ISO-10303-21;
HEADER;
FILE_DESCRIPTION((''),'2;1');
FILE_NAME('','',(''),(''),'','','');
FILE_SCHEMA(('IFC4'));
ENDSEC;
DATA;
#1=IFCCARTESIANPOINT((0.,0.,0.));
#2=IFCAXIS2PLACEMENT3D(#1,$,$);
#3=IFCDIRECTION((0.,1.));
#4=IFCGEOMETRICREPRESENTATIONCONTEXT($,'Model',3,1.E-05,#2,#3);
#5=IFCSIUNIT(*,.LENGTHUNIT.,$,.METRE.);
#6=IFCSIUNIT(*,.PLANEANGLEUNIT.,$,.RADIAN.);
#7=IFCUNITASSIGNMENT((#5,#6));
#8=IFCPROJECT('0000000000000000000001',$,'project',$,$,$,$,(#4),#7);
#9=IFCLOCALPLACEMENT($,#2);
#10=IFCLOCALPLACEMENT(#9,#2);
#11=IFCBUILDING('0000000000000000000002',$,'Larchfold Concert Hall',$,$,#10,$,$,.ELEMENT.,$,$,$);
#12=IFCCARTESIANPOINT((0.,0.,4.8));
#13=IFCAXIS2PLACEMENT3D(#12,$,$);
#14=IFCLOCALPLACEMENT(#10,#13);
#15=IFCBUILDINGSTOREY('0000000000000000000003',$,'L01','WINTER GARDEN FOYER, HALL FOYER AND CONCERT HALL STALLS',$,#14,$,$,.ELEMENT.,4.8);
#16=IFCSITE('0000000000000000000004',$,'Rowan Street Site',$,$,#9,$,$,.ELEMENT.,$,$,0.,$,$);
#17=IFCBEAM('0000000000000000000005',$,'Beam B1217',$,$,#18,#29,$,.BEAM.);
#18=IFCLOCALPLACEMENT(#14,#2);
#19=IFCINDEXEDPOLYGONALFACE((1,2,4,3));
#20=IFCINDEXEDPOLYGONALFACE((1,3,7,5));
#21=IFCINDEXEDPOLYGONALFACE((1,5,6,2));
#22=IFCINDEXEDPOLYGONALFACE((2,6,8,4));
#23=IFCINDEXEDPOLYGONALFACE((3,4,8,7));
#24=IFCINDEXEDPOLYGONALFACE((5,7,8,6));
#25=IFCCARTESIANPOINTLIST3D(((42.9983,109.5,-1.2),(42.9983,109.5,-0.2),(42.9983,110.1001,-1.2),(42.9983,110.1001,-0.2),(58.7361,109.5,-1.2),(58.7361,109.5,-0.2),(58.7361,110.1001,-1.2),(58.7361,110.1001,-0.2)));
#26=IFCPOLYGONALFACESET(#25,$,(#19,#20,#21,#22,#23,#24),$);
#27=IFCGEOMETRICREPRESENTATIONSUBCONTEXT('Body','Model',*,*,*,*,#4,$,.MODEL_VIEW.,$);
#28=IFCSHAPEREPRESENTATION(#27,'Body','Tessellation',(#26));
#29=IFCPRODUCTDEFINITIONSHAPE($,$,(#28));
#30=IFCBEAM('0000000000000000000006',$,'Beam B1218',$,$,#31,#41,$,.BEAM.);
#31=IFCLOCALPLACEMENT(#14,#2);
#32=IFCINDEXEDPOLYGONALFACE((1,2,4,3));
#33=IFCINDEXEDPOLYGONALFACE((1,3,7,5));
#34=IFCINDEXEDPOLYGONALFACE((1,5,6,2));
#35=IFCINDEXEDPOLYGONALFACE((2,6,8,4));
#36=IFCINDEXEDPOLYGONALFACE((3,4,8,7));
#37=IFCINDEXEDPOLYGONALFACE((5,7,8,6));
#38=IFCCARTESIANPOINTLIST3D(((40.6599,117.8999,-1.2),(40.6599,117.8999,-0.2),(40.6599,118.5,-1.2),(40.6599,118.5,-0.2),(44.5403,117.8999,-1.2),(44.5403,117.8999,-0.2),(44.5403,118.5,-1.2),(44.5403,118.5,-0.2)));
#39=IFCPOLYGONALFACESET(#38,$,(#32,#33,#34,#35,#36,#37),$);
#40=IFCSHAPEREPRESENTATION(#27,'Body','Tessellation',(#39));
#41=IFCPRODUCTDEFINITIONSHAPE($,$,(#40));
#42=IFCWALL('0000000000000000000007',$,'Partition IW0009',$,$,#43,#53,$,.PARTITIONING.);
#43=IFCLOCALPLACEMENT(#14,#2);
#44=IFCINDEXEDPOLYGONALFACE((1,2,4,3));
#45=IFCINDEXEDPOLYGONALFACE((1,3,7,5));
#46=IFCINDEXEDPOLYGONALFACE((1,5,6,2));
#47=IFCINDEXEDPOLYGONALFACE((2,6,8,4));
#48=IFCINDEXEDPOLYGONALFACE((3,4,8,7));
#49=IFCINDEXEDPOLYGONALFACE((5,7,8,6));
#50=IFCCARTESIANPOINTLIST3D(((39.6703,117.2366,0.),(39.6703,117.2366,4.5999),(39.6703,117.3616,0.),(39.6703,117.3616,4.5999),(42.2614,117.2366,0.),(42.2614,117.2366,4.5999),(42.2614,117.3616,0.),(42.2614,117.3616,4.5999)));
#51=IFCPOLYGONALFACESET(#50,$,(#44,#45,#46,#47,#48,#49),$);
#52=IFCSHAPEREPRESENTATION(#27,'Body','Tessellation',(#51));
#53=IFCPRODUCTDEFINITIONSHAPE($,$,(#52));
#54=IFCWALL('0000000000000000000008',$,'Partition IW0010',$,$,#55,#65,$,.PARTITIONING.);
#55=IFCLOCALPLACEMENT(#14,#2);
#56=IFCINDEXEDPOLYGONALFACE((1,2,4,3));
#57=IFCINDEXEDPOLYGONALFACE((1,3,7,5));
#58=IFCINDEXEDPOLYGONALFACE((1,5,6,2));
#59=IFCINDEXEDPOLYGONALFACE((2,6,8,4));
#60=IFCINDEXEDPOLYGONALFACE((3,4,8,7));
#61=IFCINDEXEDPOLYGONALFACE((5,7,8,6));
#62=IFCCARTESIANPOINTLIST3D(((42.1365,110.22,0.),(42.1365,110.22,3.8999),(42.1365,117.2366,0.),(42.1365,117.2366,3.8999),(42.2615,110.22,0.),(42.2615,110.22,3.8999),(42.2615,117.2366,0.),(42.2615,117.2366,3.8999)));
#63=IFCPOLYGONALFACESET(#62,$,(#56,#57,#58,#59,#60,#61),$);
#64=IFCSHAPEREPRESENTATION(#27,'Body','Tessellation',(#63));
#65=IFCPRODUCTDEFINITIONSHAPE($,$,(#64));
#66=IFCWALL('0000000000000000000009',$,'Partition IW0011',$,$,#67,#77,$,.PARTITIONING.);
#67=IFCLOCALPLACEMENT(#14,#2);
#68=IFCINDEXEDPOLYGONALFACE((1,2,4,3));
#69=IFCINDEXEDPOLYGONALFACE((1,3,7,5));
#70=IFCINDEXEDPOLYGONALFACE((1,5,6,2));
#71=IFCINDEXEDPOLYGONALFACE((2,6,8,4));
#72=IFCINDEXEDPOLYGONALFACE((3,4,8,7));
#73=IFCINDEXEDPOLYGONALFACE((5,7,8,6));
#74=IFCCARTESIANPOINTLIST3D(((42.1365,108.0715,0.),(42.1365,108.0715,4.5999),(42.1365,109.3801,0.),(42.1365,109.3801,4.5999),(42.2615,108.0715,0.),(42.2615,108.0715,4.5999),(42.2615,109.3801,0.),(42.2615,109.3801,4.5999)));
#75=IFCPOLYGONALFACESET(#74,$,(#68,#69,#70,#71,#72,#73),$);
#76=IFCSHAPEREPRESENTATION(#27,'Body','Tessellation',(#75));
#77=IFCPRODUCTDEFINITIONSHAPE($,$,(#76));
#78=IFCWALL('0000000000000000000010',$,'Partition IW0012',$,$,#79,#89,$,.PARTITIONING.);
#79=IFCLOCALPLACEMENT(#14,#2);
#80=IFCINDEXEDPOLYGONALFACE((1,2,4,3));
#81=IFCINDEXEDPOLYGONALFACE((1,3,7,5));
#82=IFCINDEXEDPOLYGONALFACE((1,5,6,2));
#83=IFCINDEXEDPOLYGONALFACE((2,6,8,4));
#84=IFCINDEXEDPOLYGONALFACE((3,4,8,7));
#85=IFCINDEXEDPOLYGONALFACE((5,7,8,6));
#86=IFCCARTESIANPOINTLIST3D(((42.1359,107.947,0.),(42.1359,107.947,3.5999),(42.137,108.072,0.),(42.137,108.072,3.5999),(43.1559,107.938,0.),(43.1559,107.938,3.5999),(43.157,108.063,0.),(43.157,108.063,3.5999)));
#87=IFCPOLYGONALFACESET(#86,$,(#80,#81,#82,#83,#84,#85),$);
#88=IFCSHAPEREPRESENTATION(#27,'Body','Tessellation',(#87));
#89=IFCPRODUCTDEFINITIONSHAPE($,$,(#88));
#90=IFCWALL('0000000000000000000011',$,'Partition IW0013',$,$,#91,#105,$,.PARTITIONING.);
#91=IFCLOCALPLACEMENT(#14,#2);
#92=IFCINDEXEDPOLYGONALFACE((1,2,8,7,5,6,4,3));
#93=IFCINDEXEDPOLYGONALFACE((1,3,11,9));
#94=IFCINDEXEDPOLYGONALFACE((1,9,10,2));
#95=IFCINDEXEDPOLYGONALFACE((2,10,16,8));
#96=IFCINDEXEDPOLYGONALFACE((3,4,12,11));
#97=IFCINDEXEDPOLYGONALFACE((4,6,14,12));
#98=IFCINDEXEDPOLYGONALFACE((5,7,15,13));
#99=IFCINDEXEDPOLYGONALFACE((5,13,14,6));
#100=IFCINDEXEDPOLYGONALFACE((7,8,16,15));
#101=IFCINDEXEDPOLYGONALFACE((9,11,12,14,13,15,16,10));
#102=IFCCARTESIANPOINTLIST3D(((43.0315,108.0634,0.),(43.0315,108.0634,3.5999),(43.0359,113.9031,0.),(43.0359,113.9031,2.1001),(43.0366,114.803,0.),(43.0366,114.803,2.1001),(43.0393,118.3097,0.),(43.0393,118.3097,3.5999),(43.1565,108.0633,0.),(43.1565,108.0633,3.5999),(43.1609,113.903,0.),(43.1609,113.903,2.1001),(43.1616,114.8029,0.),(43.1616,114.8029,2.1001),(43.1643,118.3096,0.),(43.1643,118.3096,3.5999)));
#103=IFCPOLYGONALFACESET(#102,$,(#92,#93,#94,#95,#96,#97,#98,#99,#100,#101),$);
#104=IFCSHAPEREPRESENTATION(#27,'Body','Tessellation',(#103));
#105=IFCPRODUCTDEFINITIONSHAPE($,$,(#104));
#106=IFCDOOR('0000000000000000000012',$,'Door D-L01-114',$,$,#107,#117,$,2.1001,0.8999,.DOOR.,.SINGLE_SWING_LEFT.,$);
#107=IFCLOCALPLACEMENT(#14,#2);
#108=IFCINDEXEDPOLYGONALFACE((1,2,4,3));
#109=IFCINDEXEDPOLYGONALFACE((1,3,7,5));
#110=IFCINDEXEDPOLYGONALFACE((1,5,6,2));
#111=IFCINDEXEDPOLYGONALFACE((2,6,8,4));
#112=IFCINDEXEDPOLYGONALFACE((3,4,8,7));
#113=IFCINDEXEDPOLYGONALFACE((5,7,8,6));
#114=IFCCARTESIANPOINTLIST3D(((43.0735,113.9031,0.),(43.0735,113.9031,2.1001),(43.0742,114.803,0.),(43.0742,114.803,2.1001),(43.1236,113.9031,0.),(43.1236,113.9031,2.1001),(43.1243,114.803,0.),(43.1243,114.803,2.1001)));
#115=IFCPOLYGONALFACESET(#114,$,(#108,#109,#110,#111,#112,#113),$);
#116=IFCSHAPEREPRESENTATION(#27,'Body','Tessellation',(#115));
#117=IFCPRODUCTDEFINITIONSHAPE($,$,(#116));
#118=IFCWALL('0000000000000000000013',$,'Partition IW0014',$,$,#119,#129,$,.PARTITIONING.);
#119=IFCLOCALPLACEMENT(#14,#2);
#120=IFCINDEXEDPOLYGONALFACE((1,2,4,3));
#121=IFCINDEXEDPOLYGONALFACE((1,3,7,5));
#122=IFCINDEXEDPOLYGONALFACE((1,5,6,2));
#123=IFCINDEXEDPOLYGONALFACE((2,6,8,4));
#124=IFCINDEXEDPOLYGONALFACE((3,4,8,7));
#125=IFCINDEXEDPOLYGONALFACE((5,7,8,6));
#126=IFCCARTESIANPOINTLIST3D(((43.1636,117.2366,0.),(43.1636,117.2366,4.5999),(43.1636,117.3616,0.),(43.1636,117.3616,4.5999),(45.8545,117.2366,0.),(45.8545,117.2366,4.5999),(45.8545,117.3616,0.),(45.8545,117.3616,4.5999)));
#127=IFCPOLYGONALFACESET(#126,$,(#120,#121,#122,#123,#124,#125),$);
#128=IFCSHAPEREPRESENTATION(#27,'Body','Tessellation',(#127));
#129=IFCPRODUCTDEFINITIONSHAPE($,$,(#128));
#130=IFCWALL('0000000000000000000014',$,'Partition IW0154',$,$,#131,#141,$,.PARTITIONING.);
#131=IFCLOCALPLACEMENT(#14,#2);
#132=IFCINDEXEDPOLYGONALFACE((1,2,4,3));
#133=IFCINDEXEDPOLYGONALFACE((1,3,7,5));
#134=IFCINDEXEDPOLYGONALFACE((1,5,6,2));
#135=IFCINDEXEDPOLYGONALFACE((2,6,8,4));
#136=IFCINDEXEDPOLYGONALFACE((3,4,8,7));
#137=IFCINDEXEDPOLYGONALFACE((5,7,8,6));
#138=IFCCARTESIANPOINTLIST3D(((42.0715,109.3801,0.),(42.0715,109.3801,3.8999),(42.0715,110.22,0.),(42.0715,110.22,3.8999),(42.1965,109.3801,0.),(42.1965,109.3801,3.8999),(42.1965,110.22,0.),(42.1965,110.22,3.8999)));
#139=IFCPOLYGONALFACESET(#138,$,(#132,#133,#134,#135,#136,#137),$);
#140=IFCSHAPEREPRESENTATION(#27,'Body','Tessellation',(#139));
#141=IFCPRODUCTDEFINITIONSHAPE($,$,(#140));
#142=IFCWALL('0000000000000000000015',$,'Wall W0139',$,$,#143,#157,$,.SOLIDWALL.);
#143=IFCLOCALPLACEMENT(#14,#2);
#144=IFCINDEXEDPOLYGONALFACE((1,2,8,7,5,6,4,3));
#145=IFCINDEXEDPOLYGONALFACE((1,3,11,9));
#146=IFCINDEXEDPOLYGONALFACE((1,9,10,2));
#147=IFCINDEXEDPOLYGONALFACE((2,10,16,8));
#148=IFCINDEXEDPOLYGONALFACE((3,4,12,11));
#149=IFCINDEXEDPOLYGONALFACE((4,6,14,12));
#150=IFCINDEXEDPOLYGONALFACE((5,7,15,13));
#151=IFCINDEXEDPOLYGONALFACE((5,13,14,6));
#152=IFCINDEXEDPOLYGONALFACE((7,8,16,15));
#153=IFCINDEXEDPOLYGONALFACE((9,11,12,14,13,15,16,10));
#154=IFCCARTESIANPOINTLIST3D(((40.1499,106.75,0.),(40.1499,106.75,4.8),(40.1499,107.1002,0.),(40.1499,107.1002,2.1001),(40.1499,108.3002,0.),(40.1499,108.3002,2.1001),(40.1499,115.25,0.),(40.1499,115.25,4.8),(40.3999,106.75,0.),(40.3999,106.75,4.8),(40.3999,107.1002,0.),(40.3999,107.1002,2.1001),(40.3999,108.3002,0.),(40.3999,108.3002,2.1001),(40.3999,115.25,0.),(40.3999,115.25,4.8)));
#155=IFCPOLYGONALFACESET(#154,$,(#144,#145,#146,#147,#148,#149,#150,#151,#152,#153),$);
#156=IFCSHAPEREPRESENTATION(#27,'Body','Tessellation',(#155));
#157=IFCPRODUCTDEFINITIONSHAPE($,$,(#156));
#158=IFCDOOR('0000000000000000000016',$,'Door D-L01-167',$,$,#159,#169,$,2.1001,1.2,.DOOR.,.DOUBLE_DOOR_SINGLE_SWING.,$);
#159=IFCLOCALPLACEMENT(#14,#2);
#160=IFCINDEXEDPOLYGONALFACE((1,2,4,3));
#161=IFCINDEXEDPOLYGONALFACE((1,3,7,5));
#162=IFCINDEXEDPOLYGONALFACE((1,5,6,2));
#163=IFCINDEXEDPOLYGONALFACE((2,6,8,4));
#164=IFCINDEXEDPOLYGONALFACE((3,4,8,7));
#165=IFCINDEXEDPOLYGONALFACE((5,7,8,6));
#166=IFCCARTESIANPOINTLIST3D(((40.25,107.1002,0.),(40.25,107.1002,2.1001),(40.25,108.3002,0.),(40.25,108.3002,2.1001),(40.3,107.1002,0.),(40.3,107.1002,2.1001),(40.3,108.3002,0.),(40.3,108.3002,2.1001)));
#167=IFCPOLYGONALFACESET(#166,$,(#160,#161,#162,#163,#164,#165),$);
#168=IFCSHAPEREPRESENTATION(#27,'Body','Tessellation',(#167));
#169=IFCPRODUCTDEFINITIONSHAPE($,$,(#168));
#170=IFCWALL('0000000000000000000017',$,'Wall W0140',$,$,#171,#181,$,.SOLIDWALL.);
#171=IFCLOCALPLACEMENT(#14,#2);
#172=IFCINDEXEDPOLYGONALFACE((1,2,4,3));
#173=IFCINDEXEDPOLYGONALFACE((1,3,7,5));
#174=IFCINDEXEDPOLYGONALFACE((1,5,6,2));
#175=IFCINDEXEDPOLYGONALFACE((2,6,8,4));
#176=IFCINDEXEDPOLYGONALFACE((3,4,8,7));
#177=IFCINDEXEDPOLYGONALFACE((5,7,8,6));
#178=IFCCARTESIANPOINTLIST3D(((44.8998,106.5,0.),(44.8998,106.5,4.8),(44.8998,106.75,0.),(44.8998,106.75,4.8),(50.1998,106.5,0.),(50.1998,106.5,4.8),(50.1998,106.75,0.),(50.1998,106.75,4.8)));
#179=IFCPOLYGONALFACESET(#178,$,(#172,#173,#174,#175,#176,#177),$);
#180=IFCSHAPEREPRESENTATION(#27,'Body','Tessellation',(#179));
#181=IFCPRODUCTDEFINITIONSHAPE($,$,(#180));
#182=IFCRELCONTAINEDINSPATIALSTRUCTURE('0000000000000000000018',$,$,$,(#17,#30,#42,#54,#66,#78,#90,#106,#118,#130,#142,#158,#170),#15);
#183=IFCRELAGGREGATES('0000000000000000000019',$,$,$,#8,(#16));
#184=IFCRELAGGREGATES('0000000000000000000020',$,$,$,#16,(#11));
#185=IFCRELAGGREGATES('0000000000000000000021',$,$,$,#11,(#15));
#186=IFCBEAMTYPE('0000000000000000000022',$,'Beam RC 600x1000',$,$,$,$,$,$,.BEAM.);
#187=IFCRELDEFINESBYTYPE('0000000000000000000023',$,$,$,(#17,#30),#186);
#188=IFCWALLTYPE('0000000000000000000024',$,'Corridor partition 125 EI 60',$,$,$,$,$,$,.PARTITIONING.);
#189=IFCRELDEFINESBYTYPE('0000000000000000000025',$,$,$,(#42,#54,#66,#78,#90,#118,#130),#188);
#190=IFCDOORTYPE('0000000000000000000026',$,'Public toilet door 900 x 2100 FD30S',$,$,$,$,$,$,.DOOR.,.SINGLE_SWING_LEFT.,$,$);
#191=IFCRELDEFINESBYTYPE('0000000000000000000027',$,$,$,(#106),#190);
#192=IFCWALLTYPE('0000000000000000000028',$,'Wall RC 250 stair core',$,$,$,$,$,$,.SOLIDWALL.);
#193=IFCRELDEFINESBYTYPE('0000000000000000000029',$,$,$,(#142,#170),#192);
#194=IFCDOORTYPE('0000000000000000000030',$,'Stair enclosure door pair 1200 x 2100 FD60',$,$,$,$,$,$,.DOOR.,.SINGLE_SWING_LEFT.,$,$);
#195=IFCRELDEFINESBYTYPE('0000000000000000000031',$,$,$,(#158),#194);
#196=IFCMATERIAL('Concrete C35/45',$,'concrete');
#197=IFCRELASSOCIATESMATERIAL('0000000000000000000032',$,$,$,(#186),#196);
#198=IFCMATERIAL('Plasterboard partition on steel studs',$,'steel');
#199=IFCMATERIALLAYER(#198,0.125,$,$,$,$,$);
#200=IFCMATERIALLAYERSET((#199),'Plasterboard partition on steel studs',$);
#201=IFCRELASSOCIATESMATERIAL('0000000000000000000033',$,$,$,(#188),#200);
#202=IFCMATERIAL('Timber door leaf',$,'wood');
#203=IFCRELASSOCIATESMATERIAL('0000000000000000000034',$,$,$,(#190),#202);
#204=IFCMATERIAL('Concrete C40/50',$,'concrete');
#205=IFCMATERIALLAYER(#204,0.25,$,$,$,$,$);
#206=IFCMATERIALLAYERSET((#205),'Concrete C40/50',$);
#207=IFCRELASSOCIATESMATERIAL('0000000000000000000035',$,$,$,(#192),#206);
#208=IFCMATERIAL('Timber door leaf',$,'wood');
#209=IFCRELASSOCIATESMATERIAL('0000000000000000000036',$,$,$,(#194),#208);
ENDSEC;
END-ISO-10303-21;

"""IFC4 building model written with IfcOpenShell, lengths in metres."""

from ifc_helpers import new_model, si_unit, direction, frame, frame_2d, origin, origin_2d, place, context, subcontext, project, spatial, rectangle, extrude, material, layer, layer_set, material_profile, profile_set, type_object, element, fill, save


model = new_model("IFC4")

# Units and contexts
model_context = context("Model", 3, precision=1e-05, world=origin(), true_north=direction((0.0, 1.0)))
body_context = subcontext(model_context, "Body", "Model", "MODEL_VIEW")
ifc_project = project(units=[si_unit("LENGTHUNIT", "METRE"), si_unit("PLANEANGLEUNIT", "RADIAN")], contexts=[model_context])

# Site, building, storey
site_placement = place(None, origin())
site = spatial("IfcSite", under=ifc_project, at=site_placement, Name="Rowan Street Site", CompositionType="ELEMENT", RefElevation=0.0)
building_placement = place(site_placement, origin())
building = spatial("IfcBuilding", under=site, at=building_placement, Name="Larchfold Concert Hall", CompositionType="ELEMENT")
storey_placement = place(building_placement, frame((0.0, 0.0, 4.8)))
storey = spatial("IfcBuildingStorey", under=building, at=storey_placement, Name="L01", Description="WINTER GARDEN FOYER, HALL FOYER AND CONCERT HALL STALLS", CompositionType="ELEMENT", Elevation=4.8)

# Beams
ifc_material_1 = material(Name="Concrete C35/45", Category="concrete")
ifc_material_profile_1 = material_profile(ifc_material_1, rectangle(XDim=0.6001, YDim=1.0, at=origin_2d()))
ifc_profile_set_1 = profile_set([ifc_material_profile_1], Name="Concrete C35/45")
beam_type_1 = type_object("IfcBeamType", Name="Beam RC 600x1000", PredefinedType="BEAM", material=ifc_profile_set_1)
beam_1_placement = place(storey_placement, frame((42.9983, 109.8, -0.7), z_axis=(1.0, 0.0, 0.0), x_axis=(0.0, 1.0, 0.0)))
element("IfcBeam", 1, at=beam_1_placement, inside=storey, type_object=beam_type_1, Name="Beam B1217", PredefinedType="BEAM", context=body_context, shape_type="SweptSolid", body=[
    extrude(rectangle(XDim=0.6001, YDim=1.0, at=origin_2d()), origin(), (0.0, 0.0, 1.0), 15.7378),
])
beam_2_placement = place(storey_placement, frame((40.6599, 118.2, -0.7), z_axis=(1.0, 0.0, 0.0), x_axis=(0.0, 1.0, 0.0)))
element("IfcBeam", 2, at=beam_2_placement, inside=storey, type_object=beam_type_1, Name="Beam B1218", PredefinedType="BEAM", context=body_context, shape_type="SweptSolid", body=[
    extrude(rectangle(XDim=0.6001, YDim=1.0, at=origin_2d()), origin(), (0.0, 0.0, 1.0), 3.8804),
])

# Walls
ifc_material_2 = material(Name="Plasterboard partition on steel studs", Category="steel")
ifc_layer_1 = layer(ifc_material_2, 0.125)
ifc_layer_set_1 = layer_set([ifc_layer_1], Name="Plasterboard partition on steel studs")
wall_type_1 = type_object("IfcWallType", Name="Corridor partition 125 EI 60", PredefinedType="PARTITIONING", material=ifc_layer_set_1)
wall_1_placement = place(storey_placement, frame((39.6704, 117.2991, 0.0), z_axis=(0.0, 0.0, 1.0), x_axis=(1.0, 0.0, 0.0)))
element("IfcWall", 3, at=wall_1_placement, inside=storey, type_object=wall_type_1, Name="Partition IW0009", PredefinedType="PARTITIONING", context=body_context, shape_type="SweptSolid", body=[
    extrude(rectangle(XDim=2.5911, YDim=0.125, at=frame_2d((1.2954, 0.0))), origin(), (0.0, 0.0, 1.0), 4.5999),
])
wall_2_placement = place(storey_placement, frame((42.199, 117.2366, 0.0), z_axis=(0.0, 0.0, 1.0), x_axis=(0.0, -1.0, 0.0)))
element("IfcWall", 4, at=wall_2_placement, inside=storey, type_object=wall_type_1, Name="Partition IW0010", PredefinedType="PARTITIONING", context=body_context, shape_type="SweptSolid", body=[
    extrude(rectangle(XDim=7.0166, YDim=0.125, at=frame_2d((3.5083, 0.0))), origin(), (0.0, 0.0, 1.0), 3.8999),
])
wall_3_placement = place(storey_placement, frame((42.199, 109.3801, 0.0), z_axis=(0.0, 0.0, 1.0), x_axis=(0.0, -1.0, 0.0)))
element("IfcWall", 5, at=wall_3_placement, inside=storey, type_object=wall_type_1, Name="Partition IW0011", PredefinedType="PARTITIONING", context=body_context, shape_type="SweptSolid", body=[
    extrude(rectangle(XDim=1.3086, YDim=0.125, at=frame_2d((0.6543, 0.0))), origin(), (0.0, 0.0, 1.0), 4.5999),
])
wall_4_placement = place(storey_placement, frame((42.1365, 108.0095, 0.0), z_axis=(0.0, 0.0, 1.0), x_axis=(0.999961, -0.008856, 0.0)))
element("IfcWall", 6, at=wall_4_placement, inside=storey, type_object=wall_type_1, Name="Partition IW0012", PredefinedType="PARTITIONING", context=body_context, shape_type="SweptSolid", body=[
    extrude(rectangle(XDim=1.02, YDim=0.125, at=frame_2d((0.51, 0.0))), origin(), (0.0, 0.0, 1.0), 3.5999),
])

# Wall, opening, door
wall_5_placement = place(storey_placement, frame((43.094, 108.0635, 0.0), z_axis=(0.0, 0.0, 1.0), x_axis=(0.000762, 1.0, 0.0)))
wall_5 = element("IfcWall", 7, at=wall_5_placement, inside=storey, type_object=wall_type_1, Name="Partition IW0013", PredefinedType="PARTITIONING", context=body_context, shape_type="SweptSolid", body=[
    extrude(rectangle(XDim=10.2463, YDim=0.125, at=frame_2d((5.123, 0.0))), origin(), (0.0, 0.0, 1.0), 3.5999),
])
opening_1_placement = place(wall_5_placement, frame((5.8396, 0.0, 0.0)))
opening_1 = element("IfcOpeningElement", 8, at=opening_1_placement, cuts=wall_5, PredefinedType="OPENING", context=body_context, shape_type="SweptSolid", body=[
    extrude(rectangle(XDim=0.8999, YDim=2.1001, at=frame_2d((0.45, 1.05))), frame((0.0, 0.0725, 0.0), z_axis=(0.0, -1.0, 0.0), x_axis=(1.0, 0.0, 0.0)), (0.0, 0.0, 1.0), 0.145),
])
ifc_material_3 = material(Name="Timber door leaf", Category="wood")
door_type_1 = type_object("IfcDoorType", Name="Public toilet door 900 x 2100 FD30S", OperationType="SINGLE_SWING_LEFT", PredefinedType="DOOR", material=ifc_material_3)
door_1_placement = place(opening_1_placement, origin())
door_1 = element("IfcDoor", 9, at=door_1_placement, inside=storey, type_object=door_type_1, Name="Door D-L01-114", OperationType="SINGLE_SWING_LEFT", OverallHeight=2.1001, OverallWidth=0.8999, PredefinedType="DOOR", context=body_context, shape_type="SweptSolid", body=[
    extrude(rectangle(XDim=0.8999, YDim=2.1001, at=frame_2d((0.45, 1.05))), frame((0.0, 0.0249, 0.0), z_axis=(0.0, -1.0, 0.0), x_axis=(1.0, 0.0, 0.0)), (0.0, 0.0, 1.0), 0.05),
])
fill(opening_1, door_1)

# Walls
wall_6_placement = place(storey_placement, frame((43.1636, 117.2991, 0.0), z_axis=(0.0, 0.0, 1.0), x_axis=(1.0, 0.0, 0.0)))
element("IfcWall", 10, at=wall_6_placement, inside=storey, type_object=wall_type_1, Name="Partition IW0014", PredefinedType="PARTITIONING", context=body_context, shape_type="SweptSolid", body=[
    extrude(rectangle(XDim=2.6909, YDim=0.125, at=frame_2d((1.3455, 0.0))), origin(), (0.0, 0.0, 1.0), 4.5999),
])
wall_7_placement = place(storey_placement, frame((42.134, 110.22, 0.0), z_axis=(0.0, 0.0, 1.0), x_axis=(0.0, -1.0, 0.0)))
element("IfcWall", 11, at=wall_7_placement, inside=storey, type_object=wall_type_1, Name="Partition IW0154", PredefinedType="PARTITIONING", context=body_context, shape_type="SweptSolid", body=[
    extrude(rectangle(XDim=0.8398, YDim=0.125, at=frame_2d((0.4199, 0.0))), origin(), (0.0, 0.0, 1.0), 3.8999),
])

# Wall, opening, door
ifc_material_4 = material(Name="Concrete C40/50", Category="concrete")
ifc_layer_2 = layer(ifc_material_4, 0.25)
ifc_layer_set_2 = layer_set([ifc_layer_2], Name="Concrete C40/50")
wall_type_2 = type_object("IfcWallType", Name="Wall RC 250 stair core", PredefinedType="SOLIDWALL", material=ifc_layer_set_2)
wall_8_placement = place(storey_placement, frame((40.2749, 106.75, 0.0), z_axis=(0.0, 0.0, 1.0), x_axis=(0.0, 1.0, 0.0)))
wall_8 = element("IfcWall", 12, at=wall_8_placement, inside=storey, type_object=wall_type_2, Name="Wall W0139", PredefinedType="SOLIDWALL", context=body_context, shape_type="SweptSolid", body=[
    extrude(rectangle(XDim=8.5, YDim=0.25, at=frame_2d((4.25, 0.0))), origin(), (0.0, 0.0, 1.0), 4.8),
])
opening_2_placement = place(wall_8_placement, frame((0.3501, 0.0, 0.0)))
opening_2 = element("IfcOpeningElement", 13, at=opening_2_placement, cuts=wall_8, PredefinedType="OPENING", context=body_context, shape_type="SweptSolid", body=[
    extrude(rectangle(XDim=1.2, YDim=2.1001, at=frame_2d((0.6001, 1.05))), frame((0.0, 0.135, 0.0), z_axis=(0.0, -1.0, 0.0), x_axis=(1.0, 0.0, 0.0)), (0.0, 0.0, 1.0), 0.27),
])
ifc_material_5 = material(Name="Timber door leaf", Category="wood")
door_type_2 = type_object("IfcDoorType", Name="Stair enclosure door pair 1200 x 2100 FD60", OperationType="SINGLE_SWING_LEFT", PredefinedType="DOOR", material=ifc_material_5)
door_2_placement = place(opening_2_placement, origin())
door_2 = element("IfcDoor", 14, at=door_2_placement, inside=storey, type_object=door_type_2, Name="Door D-L01-167", OperationType="DOUBLE_DOOR_SINGLE_SWING", OverallHeight=2.1001, OverallWidth=1.2, PredefinedType="DOOR", context=body_context, shape_type="SweptSolid", body=[
    extrude(rectangle(XDim=1.2, YDim=2.1001, at=frame_2d((0.6001, 1.05))), frame((0.0, 0.0249, 0.0), z_axis=(0.0, -1.0, 0.0), x_axis=(1.0, 0.0, 0.0)), (0.0, 0.0, 1.0), 0.05),
])
fill(opening_2, door_2)

# Wall
wall_9_placement = place(storey_placement, frame((44.8999, 106.625, 0.0), z_axis=(0.0, 0.0, 1.0), x_axis=(1.0, 0.0, 0.0)))
element("IfcWall", 15, at=wall_9_placement, inside=storey, type_object=wall_type_2, Name="Wall W0140", PredefinedType="SOLIDWALL", context=body_context, shape_type="SweptSolid", body=[
    extrude(rectangle(XDim=5.3, YDim=0.25, at=frame_2d((2.6499, 0.0))), origin(), (0.0, 0.0, 1.0), 4.8),
])

save(model, "model.ifc")
